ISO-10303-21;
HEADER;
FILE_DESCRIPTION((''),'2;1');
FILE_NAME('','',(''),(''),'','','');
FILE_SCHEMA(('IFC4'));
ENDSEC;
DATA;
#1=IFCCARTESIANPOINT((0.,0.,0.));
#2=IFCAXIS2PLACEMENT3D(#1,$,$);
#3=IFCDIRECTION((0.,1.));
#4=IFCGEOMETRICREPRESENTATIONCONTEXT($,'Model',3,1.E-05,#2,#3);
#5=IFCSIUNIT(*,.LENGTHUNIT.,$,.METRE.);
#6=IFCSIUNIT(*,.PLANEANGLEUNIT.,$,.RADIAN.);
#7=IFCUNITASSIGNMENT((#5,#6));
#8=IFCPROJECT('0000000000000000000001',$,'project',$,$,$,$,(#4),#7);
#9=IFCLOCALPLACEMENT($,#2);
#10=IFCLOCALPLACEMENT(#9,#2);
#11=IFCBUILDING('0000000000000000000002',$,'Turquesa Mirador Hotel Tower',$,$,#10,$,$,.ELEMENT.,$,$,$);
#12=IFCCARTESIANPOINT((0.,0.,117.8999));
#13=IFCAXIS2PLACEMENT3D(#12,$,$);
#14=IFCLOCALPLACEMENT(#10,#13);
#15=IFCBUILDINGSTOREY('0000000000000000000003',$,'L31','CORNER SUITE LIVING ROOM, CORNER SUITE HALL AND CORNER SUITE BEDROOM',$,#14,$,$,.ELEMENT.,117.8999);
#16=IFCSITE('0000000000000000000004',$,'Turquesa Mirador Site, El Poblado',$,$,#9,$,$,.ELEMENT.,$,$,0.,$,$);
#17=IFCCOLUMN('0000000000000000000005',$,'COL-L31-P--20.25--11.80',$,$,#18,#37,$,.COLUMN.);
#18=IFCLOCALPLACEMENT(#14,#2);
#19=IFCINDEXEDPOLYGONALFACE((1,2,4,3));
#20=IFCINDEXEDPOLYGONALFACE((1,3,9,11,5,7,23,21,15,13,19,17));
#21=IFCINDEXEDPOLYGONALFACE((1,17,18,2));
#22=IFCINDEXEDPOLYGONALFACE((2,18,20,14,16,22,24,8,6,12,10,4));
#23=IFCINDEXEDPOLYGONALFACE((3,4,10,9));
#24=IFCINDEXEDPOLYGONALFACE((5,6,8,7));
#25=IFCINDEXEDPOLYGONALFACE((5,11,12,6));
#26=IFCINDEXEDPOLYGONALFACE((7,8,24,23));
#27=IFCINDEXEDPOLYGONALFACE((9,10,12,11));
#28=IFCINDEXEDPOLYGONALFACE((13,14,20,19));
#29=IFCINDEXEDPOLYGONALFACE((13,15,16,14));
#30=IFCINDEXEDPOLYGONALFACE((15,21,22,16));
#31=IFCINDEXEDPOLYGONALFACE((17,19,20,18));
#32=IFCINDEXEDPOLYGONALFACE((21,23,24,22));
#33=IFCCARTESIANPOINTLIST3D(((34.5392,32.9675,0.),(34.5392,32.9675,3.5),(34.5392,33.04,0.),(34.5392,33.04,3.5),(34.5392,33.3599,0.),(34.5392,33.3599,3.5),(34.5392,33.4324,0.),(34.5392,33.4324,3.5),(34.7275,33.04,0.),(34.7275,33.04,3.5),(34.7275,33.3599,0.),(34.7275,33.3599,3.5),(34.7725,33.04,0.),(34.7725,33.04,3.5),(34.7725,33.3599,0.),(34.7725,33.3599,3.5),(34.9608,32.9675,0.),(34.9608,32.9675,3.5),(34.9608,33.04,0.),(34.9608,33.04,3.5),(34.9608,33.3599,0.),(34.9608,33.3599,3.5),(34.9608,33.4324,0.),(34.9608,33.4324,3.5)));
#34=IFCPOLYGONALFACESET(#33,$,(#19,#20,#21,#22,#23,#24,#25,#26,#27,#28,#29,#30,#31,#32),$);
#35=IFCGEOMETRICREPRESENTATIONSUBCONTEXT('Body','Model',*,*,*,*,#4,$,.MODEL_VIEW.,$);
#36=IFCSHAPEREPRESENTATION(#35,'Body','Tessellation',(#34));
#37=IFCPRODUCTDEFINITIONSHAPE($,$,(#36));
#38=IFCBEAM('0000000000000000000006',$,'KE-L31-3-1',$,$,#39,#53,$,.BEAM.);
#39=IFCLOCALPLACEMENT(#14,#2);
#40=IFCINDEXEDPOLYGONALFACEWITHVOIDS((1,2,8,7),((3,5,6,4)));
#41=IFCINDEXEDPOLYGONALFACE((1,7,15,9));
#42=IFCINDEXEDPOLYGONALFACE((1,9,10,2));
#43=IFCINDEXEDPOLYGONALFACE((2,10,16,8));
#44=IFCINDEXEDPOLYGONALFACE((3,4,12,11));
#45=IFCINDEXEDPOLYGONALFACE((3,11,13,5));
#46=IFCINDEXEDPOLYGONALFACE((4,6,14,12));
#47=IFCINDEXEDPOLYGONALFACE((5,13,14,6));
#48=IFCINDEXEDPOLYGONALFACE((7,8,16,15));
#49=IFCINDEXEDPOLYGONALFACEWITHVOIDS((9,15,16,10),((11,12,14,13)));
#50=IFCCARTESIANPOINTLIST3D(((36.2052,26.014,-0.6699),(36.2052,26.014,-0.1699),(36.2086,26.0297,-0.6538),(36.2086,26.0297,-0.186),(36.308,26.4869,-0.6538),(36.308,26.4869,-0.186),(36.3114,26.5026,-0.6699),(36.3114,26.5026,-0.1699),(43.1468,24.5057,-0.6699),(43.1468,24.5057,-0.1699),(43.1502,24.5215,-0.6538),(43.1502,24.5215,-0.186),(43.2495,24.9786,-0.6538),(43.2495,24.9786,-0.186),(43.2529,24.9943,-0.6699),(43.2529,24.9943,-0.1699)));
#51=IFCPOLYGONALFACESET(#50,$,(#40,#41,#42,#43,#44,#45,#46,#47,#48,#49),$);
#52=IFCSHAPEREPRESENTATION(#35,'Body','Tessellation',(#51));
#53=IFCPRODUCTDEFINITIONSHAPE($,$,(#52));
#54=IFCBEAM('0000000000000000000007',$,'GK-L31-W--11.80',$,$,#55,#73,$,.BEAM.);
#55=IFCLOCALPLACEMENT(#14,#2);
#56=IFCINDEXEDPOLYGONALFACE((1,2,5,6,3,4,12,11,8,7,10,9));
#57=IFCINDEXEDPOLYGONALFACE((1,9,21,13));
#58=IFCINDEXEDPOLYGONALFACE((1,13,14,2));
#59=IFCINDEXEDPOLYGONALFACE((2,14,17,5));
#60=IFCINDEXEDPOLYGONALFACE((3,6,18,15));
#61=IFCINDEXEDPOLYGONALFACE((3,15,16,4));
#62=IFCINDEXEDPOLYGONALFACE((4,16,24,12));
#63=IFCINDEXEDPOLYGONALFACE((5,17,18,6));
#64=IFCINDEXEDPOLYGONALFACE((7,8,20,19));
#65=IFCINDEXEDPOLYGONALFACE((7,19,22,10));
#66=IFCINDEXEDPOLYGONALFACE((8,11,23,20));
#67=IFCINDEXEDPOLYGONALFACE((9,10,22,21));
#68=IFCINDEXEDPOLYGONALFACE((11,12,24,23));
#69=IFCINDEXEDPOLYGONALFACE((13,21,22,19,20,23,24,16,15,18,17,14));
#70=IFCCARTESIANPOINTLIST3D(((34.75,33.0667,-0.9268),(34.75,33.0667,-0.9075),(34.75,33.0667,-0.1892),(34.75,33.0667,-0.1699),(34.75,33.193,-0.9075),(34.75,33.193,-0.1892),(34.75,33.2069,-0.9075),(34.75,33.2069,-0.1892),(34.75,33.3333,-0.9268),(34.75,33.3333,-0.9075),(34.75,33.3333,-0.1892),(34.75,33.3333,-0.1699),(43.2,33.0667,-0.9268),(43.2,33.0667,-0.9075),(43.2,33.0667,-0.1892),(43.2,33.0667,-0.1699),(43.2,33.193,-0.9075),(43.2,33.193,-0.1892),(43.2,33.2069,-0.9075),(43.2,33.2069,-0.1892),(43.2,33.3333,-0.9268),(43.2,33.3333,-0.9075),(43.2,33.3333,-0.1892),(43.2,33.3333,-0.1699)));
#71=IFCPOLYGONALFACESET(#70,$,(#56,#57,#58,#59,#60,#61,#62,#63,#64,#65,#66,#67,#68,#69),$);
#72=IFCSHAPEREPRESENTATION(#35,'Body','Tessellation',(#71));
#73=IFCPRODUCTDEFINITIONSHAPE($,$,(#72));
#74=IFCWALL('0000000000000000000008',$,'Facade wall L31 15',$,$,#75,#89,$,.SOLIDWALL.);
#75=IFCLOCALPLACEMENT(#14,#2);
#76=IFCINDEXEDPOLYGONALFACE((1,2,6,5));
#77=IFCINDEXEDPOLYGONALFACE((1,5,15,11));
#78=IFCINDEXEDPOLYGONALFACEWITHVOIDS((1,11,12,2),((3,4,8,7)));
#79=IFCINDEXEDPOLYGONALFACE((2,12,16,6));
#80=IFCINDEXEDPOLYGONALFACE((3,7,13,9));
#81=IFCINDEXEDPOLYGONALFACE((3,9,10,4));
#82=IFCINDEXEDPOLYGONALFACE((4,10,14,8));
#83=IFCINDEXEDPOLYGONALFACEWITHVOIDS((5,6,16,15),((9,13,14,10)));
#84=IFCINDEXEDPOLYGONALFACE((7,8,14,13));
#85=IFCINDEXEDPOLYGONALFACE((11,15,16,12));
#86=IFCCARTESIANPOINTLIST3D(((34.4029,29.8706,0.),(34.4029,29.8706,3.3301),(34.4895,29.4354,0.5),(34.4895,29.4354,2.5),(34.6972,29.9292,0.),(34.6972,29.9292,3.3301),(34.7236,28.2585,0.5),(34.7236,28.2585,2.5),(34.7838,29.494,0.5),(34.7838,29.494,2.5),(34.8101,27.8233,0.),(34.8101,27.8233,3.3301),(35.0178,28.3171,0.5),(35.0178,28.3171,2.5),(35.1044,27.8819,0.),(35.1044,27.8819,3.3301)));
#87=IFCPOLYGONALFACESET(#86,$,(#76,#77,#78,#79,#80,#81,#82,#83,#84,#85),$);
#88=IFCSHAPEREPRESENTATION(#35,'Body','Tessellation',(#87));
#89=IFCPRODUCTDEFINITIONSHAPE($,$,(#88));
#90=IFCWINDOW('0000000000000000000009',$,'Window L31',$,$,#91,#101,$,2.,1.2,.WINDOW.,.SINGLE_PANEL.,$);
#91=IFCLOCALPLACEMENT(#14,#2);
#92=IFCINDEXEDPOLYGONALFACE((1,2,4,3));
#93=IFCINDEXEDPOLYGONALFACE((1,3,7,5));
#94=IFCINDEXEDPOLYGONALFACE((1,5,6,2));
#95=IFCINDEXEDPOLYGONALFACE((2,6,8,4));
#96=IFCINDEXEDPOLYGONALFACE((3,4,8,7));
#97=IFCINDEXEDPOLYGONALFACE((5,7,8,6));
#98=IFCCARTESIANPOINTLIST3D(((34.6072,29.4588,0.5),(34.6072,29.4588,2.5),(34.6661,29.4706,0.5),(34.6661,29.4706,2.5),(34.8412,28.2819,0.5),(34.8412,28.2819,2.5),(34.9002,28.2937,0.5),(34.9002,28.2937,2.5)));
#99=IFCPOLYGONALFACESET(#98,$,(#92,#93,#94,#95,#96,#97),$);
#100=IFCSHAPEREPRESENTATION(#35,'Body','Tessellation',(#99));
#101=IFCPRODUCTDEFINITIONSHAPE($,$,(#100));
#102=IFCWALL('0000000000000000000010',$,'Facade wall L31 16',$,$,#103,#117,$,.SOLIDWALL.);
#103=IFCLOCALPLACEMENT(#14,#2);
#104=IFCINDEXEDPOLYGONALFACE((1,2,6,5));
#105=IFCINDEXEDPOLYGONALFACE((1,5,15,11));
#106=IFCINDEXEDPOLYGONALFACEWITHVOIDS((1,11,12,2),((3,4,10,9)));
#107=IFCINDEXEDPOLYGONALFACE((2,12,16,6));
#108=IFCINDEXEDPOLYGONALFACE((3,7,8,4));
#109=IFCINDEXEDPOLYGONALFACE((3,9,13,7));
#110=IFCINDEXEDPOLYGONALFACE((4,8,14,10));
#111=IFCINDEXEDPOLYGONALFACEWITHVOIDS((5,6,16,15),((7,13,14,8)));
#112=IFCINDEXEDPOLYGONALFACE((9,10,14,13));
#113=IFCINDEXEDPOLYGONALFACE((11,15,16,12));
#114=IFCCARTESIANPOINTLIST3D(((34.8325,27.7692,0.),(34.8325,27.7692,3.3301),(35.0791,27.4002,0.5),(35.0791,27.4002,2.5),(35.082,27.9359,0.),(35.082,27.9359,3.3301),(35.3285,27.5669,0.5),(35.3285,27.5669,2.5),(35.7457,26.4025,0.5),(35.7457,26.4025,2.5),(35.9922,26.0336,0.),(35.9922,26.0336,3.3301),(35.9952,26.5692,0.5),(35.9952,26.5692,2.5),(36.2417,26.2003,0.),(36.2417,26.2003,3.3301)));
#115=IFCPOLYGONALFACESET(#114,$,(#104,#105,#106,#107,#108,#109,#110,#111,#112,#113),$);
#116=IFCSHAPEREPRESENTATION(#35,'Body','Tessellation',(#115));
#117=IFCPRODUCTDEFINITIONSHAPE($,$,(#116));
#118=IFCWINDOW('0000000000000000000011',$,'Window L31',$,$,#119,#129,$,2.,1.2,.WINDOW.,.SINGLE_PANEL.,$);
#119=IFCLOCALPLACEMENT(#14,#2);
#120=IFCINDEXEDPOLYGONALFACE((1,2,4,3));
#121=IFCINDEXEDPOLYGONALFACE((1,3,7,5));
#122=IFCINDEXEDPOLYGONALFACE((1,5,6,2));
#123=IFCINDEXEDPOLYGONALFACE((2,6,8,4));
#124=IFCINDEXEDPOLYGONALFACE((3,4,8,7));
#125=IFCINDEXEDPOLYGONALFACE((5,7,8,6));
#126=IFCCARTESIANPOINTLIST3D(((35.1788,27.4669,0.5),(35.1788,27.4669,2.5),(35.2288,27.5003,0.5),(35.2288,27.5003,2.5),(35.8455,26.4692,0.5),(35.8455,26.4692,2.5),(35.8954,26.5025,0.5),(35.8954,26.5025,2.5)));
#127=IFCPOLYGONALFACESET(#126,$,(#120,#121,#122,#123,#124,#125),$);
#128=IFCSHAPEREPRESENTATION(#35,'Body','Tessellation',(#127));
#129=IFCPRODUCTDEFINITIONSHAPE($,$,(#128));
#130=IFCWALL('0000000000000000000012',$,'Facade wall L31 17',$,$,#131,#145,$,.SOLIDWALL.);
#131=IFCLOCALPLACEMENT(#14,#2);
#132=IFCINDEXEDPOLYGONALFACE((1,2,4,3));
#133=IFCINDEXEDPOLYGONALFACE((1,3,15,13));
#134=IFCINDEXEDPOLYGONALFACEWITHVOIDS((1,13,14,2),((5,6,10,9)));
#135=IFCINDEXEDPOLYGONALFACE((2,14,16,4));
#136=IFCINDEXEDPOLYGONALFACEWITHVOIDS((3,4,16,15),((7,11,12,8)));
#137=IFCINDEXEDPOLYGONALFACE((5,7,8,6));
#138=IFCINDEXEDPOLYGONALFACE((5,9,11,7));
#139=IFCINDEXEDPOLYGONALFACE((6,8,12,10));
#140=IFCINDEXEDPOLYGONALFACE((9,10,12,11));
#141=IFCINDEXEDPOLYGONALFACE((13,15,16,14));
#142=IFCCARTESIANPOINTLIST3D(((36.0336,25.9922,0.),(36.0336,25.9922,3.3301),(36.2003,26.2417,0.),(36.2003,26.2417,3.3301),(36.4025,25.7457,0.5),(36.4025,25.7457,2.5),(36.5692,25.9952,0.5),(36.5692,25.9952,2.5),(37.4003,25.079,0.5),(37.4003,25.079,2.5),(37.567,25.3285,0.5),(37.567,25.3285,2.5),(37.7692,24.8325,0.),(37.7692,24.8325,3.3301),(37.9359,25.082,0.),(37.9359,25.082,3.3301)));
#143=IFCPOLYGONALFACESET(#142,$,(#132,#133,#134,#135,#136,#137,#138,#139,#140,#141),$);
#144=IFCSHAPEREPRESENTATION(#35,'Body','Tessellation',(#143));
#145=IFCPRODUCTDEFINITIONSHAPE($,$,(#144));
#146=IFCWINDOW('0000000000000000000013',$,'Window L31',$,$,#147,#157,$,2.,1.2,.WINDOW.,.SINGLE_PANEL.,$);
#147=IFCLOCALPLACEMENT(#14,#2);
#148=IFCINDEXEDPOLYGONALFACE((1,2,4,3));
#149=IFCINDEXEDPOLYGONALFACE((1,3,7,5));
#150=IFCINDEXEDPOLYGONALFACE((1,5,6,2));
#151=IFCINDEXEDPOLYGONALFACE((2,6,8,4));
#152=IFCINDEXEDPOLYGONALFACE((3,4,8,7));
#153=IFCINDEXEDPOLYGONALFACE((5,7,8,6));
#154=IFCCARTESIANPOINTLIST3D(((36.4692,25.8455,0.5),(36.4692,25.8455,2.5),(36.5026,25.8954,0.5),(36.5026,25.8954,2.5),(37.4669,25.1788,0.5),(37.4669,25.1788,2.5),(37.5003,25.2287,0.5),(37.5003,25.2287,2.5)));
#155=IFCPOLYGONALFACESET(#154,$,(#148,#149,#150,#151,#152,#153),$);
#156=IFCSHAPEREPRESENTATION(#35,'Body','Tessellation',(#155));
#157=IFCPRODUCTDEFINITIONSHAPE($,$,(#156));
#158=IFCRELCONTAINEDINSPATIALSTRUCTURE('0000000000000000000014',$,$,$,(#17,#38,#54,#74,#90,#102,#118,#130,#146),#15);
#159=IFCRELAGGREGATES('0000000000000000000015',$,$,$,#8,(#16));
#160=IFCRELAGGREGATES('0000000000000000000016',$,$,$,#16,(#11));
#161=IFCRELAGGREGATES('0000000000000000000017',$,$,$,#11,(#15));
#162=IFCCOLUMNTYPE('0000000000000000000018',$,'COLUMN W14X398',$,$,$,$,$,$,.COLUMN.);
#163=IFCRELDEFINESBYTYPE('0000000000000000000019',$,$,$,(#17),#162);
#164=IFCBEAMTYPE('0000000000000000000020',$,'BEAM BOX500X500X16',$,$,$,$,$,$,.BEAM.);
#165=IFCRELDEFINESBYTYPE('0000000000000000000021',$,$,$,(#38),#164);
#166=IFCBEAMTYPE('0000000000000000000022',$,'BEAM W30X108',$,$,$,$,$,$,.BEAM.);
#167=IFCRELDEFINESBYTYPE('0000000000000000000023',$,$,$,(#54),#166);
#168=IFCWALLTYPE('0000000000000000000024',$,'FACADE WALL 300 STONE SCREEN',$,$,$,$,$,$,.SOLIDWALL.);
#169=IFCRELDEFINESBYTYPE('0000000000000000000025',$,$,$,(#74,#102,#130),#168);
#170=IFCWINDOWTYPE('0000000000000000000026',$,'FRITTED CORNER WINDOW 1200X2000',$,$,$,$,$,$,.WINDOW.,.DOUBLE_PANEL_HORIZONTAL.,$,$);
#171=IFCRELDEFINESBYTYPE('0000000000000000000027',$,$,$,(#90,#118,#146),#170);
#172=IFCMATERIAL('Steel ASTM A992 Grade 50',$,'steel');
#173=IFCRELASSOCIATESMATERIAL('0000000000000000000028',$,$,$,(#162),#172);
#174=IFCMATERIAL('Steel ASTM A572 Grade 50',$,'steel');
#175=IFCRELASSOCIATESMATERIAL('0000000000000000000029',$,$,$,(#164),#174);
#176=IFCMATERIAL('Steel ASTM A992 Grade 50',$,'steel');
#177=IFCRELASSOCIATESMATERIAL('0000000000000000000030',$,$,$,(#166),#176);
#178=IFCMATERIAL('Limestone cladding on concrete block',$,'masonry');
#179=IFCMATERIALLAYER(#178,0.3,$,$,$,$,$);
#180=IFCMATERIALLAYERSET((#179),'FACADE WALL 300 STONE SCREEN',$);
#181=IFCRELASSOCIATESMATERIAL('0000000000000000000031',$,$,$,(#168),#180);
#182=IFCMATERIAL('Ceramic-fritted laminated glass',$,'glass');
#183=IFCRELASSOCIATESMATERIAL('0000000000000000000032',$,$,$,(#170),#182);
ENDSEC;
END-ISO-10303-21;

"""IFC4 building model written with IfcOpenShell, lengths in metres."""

from ifc_helpers import new_model, si_unit, direction, frame, frame_2d, origin, origin_2d, place, context, subcontext, project, spatial, rectangle, hollow_rectangle, i_section, extrude, material, layer, layer_set, material_profile, profile_set, type_object, element, fill, save


model = new_model("IFC4")

# Units and contexts
model_context = context("Model", 3, precision=1e-05, world=origin(), true_north=direction((0.0, 1.0)))
body_context = subcontext(model_context, "Body", "Model", "MODEL_VIEW")
ifc_project = project(units=[si_unit("LENGTHUNIT", "METRE"), si_unit("PLANEANGLEUNIT", "RADIAN")], contexts=[model_context])

# Site, building, storey
site_placement = place(None, origin())
site = spatial("IfcSite", under=ifc_project, at=site_placement, Name="Turquesa Mirador Site, El Poblado", CompositionType="ELEMENT", RefElevation=0.0)
building_placement = place(site_placement, origin())
building = spatial("IfcBuilding", under=site, at=building_placement, Name="Turquesa Mirador Hotel Tower", CompositionType="ELEMENT")
storey_placement = place(building_placement, frame((0.0, 0.0, 117.8999)))
storey = spatial("IfcBuildingStorey", under=building, at=storey_placement, Name="L31", Description="CORNER SUITE LIVING ROOM, CORNER SUITE HALL AND CORNER SUITE BEDROOM", CompositionType="ELEMENT", Elevation=117.8999)

# Column
ifc_material_1 = material(Name="Steel ASTM A992 Grade 50", Category="steel")
ifc_material_profile_1 = material_profile(ifc_material_1, i_section(OverallWidth=0.4216, OverallDepth=0.4648, WebThickness=0.0449, FlangeThickness=0.0725, at=origin_2d()), Name="W14X398")
ifc_profile_set_1 = profile_set([ifc_material_profile_1], Name="Steel ASTM A992 Grade 50")
column_type = type_object("IfcColumnType", Name="COLUMN W14X398", PredefinedType="COLUMN", material=ifc_profile_set_1)
column_placement = place(storey_placement, frame((34.75, 33.2, 0.0), z_axis=(0.0, 0.0, 1.0), x_axis=(1.0, 0.0, 0.0)))
element("IfcColumn", 1, at=column_placement, inside=storey, type_object=column_type, Name="COL-L31-P--20.25--11.80", PredefinedType="COLUMN", context=body_context, shape_type="SweptSolid", body=[
    extrude(i_section(OverallWidth=0.4216, OverallDepth=0.4648, WebThickness=0.0449, FlangeThickness=0.0725, at=origin_2d()), origin(), (0.0, 0.0, 1.0), 3.5),
])

# Beams
ifc_material_2 = material(Name="Steel ASTM A572 Grade 50", Category="steel")
ifc_material_profile_2 = material_profile(ifc_material_2, hollow_rectangle(XDim=0.5, YDim=0.5, WallThickness=0.0161, at=origin_2d()), Name="BOX500X500X16")
ifc_profile_set_2 = profile_set([ifc_material_profile_2], Name="Steel ASTM A572 Grade 50")
beam_type_1 = type_object("IfcBeamType", Name="BEAM BOX500X500X16", PredefinedType="BEAM", material=ifc_profile_set_2)
beam_1_placement = place(storey_placement, frame((36.2583, 26.2583, -0.4199), z_axis=(0.977198, -0.212328, 0.0), x_axis=(0.212328, 0.977198, 0.0)))
element("IfcBeam", 2, at=beam_1_placement, inside=storey, type_object=beam_type_1, Name="KE-L31-3-1", PredefinedType="BEAM", context=body_context, shape_type="SweptSolid", body=[
    extrude(hollow_rectangle(XDim=0.5, YDim=0.5, WallThickness=0.0161, at=origin_2d()), origin(), (0.0, 0.0, 1.0), 7.1035),
])
ifc_material_3 = material(Name="Steel ASTM A992 Grade 50", Category="steel")
ifc_material_profile_3 = material_profile(ifc_material_3, i_section(OverallWidth=0.2666, OverallDepth=0.7568, WebThickness=0.0139, FlangeThickness=0.0193, at=origin_2d()), Name="W30X108")
ifc_profile_set_3 = profile_set([ifc_material_profile_3], Name="Steel ASTM A992 Grade 50")
beam_type_2 = type_object("IfcBeamType", Name="BEAM W30X108", PredefinedType="BEAM", material=ifc_profile_set_3)
beam_2_placement = place(storey_placement, frame((34.75, 33.2, -0.5483), z_axis=(1.0, 0.0, 0.0), x_axis=(0.0, 1.0, 0.0)))
element("IfcBeam", 3, at=beam_2_placement, inside=storey, type_object=beam_type_2, Name="GK-L31-W--11.80", PredefinedType="BEAM", context=body_context, shape_type="SweptSolid", body=[
    extrude(i_section(OverallWidth=0.2666, OverallDepth=0.7568, WebThickness=0.0139, FlangeThickness=0.0193, at=origin_2d()), origin(), (0.0, 0.0, 1.0), 8.45),
])

# Walls, openings, windows
ifc_material_4 = material(Name="Limestone cladding on concrete block", Category="masonry")
ifc_layer_1 = layer(ifc_material_4, 0.3)
ifc_layer_set_1 = layer_set([ifc_layer_1], Name="FACADE WALL 300 STONE SCREEN")
wall_type_1 = type_object("IfcWallType", Name="FACADE WALL 300 STONE SCREEN", PredefinedType="SOLIDWALL", material=ifc_layer_set_1)
wall_1_placement = place(storey_placement, frame((34.55, 29.8999, 0.0), z_axis=(0.0, 0.0, 1.0), x_axis=(0.195081, -0.980787, 0.0)))
wall_1 = element("IfcWall", 4, at=wall_1_placement, inside=storey, type_object=wall_type_1, Name="Facade wall L31 15", PredefinedType="SOLIDWALL", context=body_context, shape_type="SweptSolid", body=[
    extrude(rectangle(XDim=2.0874, YDim=0.3, at=frame_2d((1.0437, 0.0))), origin(), (0.0, 0.0, 1.0), 3.3301),
])
opening_1_placement = place(wall_1_placement, frame((0.4436, 0.0, 0.5)))
opening_1 = element("IfcOpeningElement", 5, at=opening_1_placement, cuts=wall_1, PredefinedType="OPENING", context=body_context, shape_type="SweptSolid", body=[
    extrude(rectangle(XDim=1.2, YDim=2.0, at=frame_2d((0.6001, 1.0))), frame((0.0, 0.1599, 0.0), z_axis=(0.0, -1.0, 0.0), x_axis=(1.0, 0.0, 0.0)), (0.0, 0.0, 1.0), 0.3201),
])
ifc_material_5 = material(Name="Ceramic-fritted laminated glass", Category="glass")
window_type_1 = type_object("IfcWindowType", Name="FRITTED CORNER WINDOW 1200X2000", PartitioningType="DOUBLE_PANEL_HORIZONTAL", PredefinedType="WINDOW", material=ifc_material_5)
window_1_placement = place(opening_1_placement, origin())
window_1 = element("IfcWindow", 6, at=window_1_placement, inside=storey, type_object=window_type_1, Name="Window L31", OverallHeight=2.0, OverallWidth=1.2, PartitioningType="SINGLE_PANEL", PredefinedType="WINDOW", context=body_context, shape_type="SweptSolid", body=[
    extrude(rectangle(XDim=1.2, YDim=2.0, at=frame_2d((0.6001, 1.0))), frame((0.0, 0.03, 0.0), z_axis=(0.0, -1.0, 0.0), x_axis=(1.0, 0.0, 0.0)), (0.0, 0.0, 1.0), 0.0601),
])
fill(opening_1, window_1)
wall_2_placement = place(storey_placement, frame((34.9573, 27.8525, 0.0), z_axis=(0.0, 0.0, 1.0), x_axis=(0.555564, -0.831474, 0.0)))
wall_2 = element("IfcWall", 7, at=wall_2_placement, inside=storey, type_object=wall_type_1, Name="Facade wall L31 16", PredefinedType="SOLIDWALL", context=body_context, shape_type="SweptSolid", body=[
    extrude(rectangle(XDim=2.0874, YDim=0.3, at=frame_2d((1.0437, 0.0))), origin(), (0.0, 0.0, 1.0), 3.3301),
])
opening_2_placement = place(wall_2_placement, frame((0.4436, 0.0, 0.5)))
opening_2 = element("IfcOpeningElement", 8, at=opening_2_placement, cuts=wall_2, PredefinedType="OPENING", context=body_context, shape_type="SweptSolid", body=[
    extrude(rectangle(XDim=1.2, YDim=2.0, at=frame_2d((0.6001, 1.0))), frame((0.0, 0.1599, 0.0), z_axis=(0.0, -1.0, 0.0), x_axis=(1.0, 0.0, 0.0)), (0.0, 0.0, 1.0), 0.3201),
])
window_2_placement = place(opening_2_placement, origin())
window_2 = element("IfcWindow", 9, at=window_2_placement, inside=storey, type_object=window_type_1, Name="Window L31", OverallHeight=2.0, OverallWidth=1.2, PartitioningType="SINGLE_PANEL", PredefinedType="WINDOW", context=body_context, shape_type="SweptSolid", body=[
    extrude(rectangle(XDim=1.2, YDim=2.0, at=frame_2d((0.6001, 1.0))), frame((0.0, 0.03, 0.0), z_axis=(0.0, -1.0, 0.0), x_axis=(1.0, 0.0, 0.0)), (0.0, 0.0, 1.0), 0.0601),
])
fill(opening_2, window_2)
wall_3_placement = place(storey_placement, frame((36.1169, 26.1169, 0.0), z_axis=(0.0, 0.0, 1.0), x_axis=(0.831474, -0.555564, 0.0)))
wall_3 = element("IfcWall", 10, at=wall_3_placement, inside=storey, type_object=wall_type_1, Name="Facade wall L31 17", PredefinedType="SOLIDWALL", context=body_context, shape_type="SweptSolid", body=[
    extrude(rectangle(XDim=2.0874, YDim=0.3, at=frame_2d((1.0437, 0.0))), origin(), (0.0, 0.0, 1.0), 3.3301),
])
opening_3_placement = place(wall_3_placement, frame((0.4436, 0.0, 0.5)))
opening_3 = element("IfcOpeningElement", 11, at=opening_3_placement, cuts=wall_3, PredefinedType="OPENING", context=body_context, shape_type="SweptSolid", body=[
    extrude(rectangle(XDim=1.2, YDim=2.0, at=frame_2d((0.6001, 1.0))), frame((0.0, 0.1599, 0.0), z_axis=(0.0, -1.0, 0.0), x_axis=(1.0, 0.0, 0.0)), (0.0, 0.0, 1.0), 0.3201),
])
window_3_placement = place(opening_3_placement, origin())
window_3 = element("IfcWindow", 12, at=window_3_placement, inside=storey, type_object=window_type_1, Name="Window L31", OverallHeight=2.0, OverallWidth=1.2, PartitioningType="SINGLE_PANEL", PredefinedType="WINDOW", context=body_context, shape_type="SweptSolid", body=[
    extrude(rectangle(XDim=1.2, YDim=2.0, at=frame_2d((0.6001, 1.0))), frame((0.0, 0.03, 0.0), z_axis=(0.0, -1.0, 0.0), x_axis=(1.0, 0.0, 0.0)), (0.0, 0.0, 1.0), 0.0601),
])
fill(opening_3, window_3)

save(model, "model.ifc")
